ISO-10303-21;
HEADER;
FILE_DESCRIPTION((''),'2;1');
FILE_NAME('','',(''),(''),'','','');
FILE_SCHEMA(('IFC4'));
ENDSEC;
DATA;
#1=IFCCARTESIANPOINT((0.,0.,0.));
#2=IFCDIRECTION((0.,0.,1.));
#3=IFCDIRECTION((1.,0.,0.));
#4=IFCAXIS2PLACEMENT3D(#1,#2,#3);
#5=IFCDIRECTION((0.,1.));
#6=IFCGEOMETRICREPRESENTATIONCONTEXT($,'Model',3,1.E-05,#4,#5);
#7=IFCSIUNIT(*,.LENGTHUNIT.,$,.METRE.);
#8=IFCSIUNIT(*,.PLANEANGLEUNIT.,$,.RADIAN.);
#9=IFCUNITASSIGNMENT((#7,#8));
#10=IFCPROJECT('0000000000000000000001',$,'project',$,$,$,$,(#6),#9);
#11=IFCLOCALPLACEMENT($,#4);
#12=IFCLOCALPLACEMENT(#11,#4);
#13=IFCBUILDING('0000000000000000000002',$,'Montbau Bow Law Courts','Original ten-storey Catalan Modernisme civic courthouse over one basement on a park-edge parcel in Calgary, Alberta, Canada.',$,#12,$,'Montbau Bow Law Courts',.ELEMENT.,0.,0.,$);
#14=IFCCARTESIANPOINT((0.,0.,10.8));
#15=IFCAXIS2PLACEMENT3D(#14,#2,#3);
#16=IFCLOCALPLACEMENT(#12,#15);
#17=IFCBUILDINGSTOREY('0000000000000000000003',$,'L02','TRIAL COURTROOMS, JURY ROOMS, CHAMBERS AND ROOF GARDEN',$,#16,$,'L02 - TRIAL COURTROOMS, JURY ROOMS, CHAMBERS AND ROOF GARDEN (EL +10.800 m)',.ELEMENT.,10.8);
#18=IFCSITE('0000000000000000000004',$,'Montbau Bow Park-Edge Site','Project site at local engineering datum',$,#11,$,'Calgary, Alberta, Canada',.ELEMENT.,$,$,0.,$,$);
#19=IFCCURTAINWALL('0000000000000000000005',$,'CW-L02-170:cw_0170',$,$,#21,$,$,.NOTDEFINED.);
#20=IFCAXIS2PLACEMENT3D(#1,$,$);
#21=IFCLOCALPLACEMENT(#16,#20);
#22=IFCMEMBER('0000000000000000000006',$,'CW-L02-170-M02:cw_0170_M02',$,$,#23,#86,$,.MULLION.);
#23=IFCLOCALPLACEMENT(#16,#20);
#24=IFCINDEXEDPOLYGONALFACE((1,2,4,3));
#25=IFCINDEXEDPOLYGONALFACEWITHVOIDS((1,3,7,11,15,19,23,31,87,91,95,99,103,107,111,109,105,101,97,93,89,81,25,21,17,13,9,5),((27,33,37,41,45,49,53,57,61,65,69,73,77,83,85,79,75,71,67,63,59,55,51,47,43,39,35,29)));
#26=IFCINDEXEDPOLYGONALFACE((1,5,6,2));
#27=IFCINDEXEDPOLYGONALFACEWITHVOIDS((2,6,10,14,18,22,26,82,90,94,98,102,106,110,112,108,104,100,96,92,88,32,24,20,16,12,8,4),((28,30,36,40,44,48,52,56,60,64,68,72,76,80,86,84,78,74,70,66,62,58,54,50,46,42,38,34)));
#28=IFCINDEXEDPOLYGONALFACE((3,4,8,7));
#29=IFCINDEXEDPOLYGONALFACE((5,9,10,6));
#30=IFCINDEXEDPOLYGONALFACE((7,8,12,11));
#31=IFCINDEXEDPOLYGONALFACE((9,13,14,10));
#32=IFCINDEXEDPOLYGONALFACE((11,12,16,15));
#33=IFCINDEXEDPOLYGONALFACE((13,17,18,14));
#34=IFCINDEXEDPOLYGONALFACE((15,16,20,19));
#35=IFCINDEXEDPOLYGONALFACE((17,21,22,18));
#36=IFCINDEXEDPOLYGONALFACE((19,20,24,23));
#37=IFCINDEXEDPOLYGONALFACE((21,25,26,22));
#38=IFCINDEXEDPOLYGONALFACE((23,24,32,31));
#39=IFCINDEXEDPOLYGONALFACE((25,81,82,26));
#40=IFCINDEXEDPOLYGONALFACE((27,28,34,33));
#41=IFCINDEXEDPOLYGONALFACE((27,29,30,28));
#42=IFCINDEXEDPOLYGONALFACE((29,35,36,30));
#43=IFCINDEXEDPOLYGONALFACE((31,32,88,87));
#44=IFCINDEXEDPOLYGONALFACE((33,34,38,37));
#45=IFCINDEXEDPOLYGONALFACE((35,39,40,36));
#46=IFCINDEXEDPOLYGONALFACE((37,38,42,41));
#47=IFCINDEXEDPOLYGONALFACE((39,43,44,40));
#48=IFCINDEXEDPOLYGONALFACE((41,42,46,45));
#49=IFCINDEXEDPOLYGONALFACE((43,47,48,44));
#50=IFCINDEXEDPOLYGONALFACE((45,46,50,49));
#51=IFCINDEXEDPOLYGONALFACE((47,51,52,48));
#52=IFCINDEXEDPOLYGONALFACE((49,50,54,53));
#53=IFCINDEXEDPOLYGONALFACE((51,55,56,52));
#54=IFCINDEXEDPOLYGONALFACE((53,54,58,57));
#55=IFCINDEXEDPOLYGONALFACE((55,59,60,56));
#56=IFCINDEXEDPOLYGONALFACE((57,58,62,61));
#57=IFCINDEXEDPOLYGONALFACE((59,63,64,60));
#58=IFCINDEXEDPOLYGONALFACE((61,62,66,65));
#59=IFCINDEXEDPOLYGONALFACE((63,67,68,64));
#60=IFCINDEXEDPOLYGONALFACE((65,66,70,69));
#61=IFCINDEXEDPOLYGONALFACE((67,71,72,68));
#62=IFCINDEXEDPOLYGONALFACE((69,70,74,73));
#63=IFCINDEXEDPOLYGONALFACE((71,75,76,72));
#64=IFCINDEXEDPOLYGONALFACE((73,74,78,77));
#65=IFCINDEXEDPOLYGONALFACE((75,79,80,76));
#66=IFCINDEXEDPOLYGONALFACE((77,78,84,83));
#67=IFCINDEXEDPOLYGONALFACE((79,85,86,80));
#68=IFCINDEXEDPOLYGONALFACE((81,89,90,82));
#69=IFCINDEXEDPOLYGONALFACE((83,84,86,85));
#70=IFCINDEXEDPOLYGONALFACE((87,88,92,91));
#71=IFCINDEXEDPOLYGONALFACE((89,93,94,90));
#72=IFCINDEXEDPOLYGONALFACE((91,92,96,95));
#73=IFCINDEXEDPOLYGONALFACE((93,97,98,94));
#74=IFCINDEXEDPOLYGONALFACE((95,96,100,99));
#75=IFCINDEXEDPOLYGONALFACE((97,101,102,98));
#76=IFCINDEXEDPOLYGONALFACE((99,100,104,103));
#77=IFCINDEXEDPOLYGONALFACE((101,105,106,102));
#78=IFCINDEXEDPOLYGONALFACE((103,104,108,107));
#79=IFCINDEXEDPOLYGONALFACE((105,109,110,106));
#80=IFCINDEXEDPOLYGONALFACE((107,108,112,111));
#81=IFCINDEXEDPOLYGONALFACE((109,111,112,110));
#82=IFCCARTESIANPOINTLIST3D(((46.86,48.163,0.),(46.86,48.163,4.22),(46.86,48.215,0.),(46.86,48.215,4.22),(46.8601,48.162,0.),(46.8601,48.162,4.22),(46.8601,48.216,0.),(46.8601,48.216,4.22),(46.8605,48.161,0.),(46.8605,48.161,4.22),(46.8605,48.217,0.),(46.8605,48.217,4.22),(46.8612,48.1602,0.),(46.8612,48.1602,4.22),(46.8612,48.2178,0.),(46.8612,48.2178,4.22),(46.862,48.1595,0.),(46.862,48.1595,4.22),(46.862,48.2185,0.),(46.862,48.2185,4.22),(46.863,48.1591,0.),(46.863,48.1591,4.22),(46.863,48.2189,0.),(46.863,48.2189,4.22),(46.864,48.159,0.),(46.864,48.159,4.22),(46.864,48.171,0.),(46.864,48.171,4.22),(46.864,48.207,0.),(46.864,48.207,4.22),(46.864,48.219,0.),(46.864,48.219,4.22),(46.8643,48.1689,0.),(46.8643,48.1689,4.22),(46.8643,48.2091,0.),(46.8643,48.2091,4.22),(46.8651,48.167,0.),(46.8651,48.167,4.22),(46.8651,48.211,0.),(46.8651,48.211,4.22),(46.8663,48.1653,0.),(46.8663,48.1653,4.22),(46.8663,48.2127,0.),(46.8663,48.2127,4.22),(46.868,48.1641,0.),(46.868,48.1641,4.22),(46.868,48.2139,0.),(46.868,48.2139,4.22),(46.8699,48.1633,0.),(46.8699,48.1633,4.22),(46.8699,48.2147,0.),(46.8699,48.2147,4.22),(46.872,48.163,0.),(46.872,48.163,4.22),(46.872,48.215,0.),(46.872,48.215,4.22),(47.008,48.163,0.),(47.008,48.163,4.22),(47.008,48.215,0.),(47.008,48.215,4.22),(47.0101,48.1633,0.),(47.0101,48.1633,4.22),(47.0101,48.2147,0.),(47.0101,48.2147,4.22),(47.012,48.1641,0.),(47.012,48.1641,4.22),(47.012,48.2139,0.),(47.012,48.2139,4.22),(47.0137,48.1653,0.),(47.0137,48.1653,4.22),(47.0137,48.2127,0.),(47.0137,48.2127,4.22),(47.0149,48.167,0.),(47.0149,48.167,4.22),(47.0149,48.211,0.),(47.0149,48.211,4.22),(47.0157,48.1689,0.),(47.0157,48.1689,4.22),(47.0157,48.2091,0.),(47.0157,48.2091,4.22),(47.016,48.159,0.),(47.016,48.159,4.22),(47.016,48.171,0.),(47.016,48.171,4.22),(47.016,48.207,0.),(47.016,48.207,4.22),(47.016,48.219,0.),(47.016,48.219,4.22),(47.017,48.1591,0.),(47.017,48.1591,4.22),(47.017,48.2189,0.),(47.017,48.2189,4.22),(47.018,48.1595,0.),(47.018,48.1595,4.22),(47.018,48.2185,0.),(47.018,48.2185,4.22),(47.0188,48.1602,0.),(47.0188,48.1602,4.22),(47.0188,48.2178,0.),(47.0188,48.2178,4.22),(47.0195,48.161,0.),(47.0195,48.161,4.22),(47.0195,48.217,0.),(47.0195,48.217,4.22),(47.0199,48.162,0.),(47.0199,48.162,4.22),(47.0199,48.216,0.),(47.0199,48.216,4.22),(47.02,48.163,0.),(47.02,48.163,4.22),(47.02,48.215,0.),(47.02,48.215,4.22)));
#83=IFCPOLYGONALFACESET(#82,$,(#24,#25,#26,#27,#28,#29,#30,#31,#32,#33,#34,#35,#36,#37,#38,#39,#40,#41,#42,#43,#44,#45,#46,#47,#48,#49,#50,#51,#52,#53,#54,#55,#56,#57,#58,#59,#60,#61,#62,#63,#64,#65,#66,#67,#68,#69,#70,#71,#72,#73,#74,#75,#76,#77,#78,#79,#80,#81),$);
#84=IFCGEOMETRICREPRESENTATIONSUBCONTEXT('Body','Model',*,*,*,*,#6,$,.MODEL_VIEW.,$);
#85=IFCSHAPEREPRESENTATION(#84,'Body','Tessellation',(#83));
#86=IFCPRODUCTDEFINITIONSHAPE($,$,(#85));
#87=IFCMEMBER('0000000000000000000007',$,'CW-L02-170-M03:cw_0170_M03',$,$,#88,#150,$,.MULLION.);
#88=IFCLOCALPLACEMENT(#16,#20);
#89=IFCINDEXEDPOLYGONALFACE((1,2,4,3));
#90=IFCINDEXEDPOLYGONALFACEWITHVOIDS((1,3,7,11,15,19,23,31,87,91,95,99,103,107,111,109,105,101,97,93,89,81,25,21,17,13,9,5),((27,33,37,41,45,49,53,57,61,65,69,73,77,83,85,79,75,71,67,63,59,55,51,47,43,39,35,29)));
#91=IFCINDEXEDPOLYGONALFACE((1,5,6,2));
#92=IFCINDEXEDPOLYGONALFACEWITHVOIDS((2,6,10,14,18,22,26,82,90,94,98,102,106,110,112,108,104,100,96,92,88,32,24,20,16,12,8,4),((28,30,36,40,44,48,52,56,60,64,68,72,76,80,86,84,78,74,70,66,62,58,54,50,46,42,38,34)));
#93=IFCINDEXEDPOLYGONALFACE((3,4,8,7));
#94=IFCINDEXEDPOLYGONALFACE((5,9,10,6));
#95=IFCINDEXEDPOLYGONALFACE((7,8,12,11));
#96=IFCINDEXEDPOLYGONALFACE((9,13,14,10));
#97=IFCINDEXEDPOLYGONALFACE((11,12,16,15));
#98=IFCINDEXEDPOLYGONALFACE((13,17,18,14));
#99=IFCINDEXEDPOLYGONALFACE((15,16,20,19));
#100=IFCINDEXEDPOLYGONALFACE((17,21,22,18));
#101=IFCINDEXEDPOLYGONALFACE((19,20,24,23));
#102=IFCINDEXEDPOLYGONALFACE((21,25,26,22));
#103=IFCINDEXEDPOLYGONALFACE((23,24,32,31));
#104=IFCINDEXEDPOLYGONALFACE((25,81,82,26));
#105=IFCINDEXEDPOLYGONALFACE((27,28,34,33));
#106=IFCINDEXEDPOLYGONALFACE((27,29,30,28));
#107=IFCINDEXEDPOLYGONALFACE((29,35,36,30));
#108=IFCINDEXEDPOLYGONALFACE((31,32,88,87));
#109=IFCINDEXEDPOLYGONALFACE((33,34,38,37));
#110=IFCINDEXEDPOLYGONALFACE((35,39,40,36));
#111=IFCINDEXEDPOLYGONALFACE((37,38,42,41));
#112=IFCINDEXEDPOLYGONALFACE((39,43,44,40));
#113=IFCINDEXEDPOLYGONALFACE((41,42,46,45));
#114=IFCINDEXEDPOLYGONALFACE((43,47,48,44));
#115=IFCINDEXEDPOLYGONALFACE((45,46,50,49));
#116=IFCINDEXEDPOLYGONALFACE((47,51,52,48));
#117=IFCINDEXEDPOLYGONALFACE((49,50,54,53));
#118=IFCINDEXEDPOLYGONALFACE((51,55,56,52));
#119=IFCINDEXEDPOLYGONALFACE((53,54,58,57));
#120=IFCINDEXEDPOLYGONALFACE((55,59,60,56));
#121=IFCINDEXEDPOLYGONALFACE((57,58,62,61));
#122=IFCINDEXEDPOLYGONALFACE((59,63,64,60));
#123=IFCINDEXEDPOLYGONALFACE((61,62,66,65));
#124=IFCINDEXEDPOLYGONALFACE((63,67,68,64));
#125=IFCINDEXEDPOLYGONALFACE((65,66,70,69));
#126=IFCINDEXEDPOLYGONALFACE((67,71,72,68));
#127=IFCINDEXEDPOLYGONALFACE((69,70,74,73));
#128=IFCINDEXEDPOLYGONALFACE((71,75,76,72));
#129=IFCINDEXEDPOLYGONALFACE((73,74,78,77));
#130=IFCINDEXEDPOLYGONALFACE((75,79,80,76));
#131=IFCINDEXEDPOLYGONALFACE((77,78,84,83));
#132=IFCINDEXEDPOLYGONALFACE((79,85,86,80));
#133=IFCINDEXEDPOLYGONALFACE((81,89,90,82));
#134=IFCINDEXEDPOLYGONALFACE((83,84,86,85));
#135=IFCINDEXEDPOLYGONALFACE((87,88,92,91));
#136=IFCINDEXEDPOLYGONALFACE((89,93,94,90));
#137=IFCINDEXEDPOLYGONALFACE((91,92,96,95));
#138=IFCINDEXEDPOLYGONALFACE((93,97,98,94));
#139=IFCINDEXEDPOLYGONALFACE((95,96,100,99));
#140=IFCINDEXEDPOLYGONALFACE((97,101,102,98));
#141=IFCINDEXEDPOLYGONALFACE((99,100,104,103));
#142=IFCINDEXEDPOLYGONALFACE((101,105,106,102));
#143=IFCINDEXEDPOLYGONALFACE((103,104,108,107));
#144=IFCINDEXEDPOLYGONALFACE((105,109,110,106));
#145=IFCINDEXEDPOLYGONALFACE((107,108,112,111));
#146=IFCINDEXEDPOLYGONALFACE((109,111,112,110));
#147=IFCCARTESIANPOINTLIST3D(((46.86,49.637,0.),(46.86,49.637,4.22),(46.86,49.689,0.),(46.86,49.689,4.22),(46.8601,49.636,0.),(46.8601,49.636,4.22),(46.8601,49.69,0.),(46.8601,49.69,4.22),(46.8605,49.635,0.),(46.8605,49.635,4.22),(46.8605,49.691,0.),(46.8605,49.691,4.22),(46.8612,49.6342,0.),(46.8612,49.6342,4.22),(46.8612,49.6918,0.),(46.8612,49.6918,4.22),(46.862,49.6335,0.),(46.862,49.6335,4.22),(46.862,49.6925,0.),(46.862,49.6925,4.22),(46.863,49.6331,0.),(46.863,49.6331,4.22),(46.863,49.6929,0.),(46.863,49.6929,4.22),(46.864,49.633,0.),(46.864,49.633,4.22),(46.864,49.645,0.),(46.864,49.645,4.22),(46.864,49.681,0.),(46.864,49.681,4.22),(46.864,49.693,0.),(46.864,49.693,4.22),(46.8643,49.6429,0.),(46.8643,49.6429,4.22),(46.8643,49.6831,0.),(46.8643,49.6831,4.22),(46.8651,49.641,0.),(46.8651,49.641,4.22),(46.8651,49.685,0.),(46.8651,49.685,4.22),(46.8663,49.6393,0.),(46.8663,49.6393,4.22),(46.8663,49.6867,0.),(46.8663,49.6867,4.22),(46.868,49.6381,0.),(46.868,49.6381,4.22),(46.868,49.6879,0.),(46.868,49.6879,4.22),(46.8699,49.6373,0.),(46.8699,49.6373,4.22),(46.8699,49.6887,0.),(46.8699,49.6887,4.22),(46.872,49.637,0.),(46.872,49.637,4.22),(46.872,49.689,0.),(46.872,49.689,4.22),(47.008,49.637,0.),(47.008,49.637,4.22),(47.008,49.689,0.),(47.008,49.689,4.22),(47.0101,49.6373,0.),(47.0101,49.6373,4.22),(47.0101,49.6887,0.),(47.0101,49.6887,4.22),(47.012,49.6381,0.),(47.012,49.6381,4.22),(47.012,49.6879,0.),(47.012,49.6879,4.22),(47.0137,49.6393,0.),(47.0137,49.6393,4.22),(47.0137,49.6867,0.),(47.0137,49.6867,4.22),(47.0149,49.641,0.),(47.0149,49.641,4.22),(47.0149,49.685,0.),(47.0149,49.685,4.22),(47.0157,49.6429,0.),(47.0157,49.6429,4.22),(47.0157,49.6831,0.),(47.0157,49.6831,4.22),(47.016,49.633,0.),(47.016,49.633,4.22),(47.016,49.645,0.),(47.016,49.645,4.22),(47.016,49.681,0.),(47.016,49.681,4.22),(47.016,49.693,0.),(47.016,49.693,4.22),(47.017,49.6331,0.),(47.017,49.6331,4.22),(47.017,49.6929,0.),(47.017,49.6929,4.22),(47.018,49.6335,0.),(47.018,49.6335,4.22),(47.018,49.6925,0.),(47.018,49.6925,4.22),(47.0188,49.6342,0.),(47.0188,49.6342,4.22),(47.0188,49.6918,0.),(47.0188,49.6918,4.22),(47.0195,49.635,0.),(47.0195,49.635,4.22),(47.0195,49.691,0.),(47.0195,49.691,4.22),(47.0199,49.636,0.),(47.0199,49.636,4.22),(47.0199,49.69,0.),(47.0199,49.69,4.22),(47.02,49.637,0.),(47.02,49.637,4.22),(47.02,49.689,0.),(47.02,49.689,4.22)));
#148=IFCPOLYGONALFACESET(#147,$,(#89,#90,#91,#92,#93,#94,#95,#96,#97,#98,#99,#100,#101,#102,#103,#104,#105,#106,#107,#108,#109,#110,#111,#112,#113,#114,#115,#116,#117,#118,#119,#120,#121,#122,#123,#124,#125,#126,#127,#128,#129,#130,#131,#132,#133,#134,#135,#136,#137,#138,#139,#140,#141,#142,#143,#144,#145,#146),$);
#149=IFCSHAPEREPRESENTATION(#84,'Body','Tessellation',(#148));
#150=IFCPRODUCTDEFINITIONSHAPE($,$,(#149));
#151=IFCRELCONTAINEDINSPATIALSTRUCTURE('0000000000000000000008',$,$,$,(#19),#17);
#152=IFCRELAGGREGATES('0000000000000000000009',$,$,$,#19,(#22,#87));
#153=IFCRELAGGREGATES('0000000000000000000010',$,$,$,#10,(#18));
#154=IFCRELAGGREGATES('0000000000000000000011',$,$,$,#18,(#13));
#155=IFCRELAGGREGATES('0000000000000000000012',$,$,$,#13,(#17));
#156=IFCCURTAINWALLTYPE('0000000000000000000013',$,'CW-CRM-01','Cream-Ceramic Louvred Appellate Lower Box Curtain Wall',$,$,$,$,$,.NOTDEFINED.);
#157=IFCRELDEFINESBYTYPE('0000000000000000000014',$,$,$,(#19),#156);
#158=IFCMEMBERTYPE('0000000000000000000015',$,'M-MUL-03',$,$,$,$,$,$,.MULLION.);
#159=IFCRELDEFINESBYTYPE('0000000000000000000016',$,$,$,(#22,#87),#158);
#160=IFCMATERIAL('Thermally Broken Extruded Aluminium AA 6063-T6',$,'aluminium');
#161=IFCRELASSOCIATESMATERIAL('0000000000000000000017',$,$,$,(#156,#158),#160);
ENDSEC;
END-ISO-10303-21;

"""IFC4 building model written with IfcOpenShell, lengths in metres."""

from ifc_helpers import new_model, si_unit, direction, frame, origin_with_axes, origin_2d_with_axis, place, context, subcontext, project, spatial, hollow_rectangle, extrude, material, material_profile, profile_set, type_object, element, aggregate, save


model = new_model("IFC4")

# Units and contexts
model_context = context("Model", 3, precision=1e-05, world=origin_with_axes(), true_north=direction((0.0, 1.0)))
body_context = subcontext(model_context, "Body", "Model", "MODEL_VIEW")
ifc_project = project(units=[si_unit("LENGTHUNIT", "METRE"), si_unit("PLANEANGLEUNIT", "RADIAN")], contexts=[model_context])

# Site, building, storey
site_placement = place(None, origin_with_axes())
site = spatial("IfcSite", under=ifc_project, at=site_placement, Name="Montbau Bow Park-Edge Site", Description="Project site at local engineering datum", LongName="Calgary, Alberta, Canada", CompositionType="ELEMENT", RefElevation=0.0)
building_placement = place(site_placement, origin_with_axes())
building = spatial("IfcBuilding", under=site, at=building_placement, Name="Montbau Bow Law Courts", Description="Original ten-storey Catalan Modernisme civic courthouse over one basement on a park-edge parcel in Calgary, Alberta, Canada.", LongName="Montbau Bow Law Courts", CompositionType="ELEMENT", ElevationOfRefHeight=0.0, ElevationOfTerrain=0.0)
storey_placement = place(building_placement, frame((0.0, 0.0, 10.8), z_axis=(0.0, 0.0, 1.0), x_axis=(1.0, 0.0, 0.0)))
storey = spatial("IfcBuildingStorey", under=building, at=storey_placement, Name="L02", Description="TRIAL COURTROOMS, JURY ROOMS, CHAMBERS AND ROOF GARDEN", LongName="L02 - TRIAL COURTROOMS, JURY ROOMS, CHAMBERS AND ROOF GARDEN (EL +10.800 m)", CompositionType="ELEMENT", Elevation=10.8)

# Curtain wall, members
ifc_material_1 = material(Name="Thermally Broken Extruded Aluminium AA 6063-T6", Category="aluminium")
curtain_wall_type_1 = type_object("IfcCurtainWallType", Name="CW-CRM-01", Description="Cream-Ceramic Louvred Appellate Lower Box Curtain Wall", PredefinedType="NOTDEFINED", material=ifc_material_1)
curtain_wall_1_placement = place(None, frame((46.94, 46.715, 10.8), z_axis=(0.0, 0.0, 1.0), x_axis=(1.0, 0.0, 0.0)))
curtain_wall_1 = element("IfcCurtainWall", 1, at=curtain_wall_1_placement, inside=storey, type_object=curtain_wall_type_1, Name="CW-L02-170:cw_0170", PredefinedType="NOTDEFINED")
ifc_material_profile_1 = material_profile(ifc_material_1, hollow_rectangle(XDim=0.06, YDim=0.16, WallThickness=0.004, InnerFilletRadius=0.008, OuterFilletRadius=0.004, at=origin_2d_with_axis()), Name="CWM-160X60", Category="Main", Priority=0)
ifc_profile_set_1 = profile_set([ifc_material_profile_1], Name="Thermally Broken Extruded Aluminium AA 6063-T6")
member_type_1 = type_object("IfcMemberType", Name="M-MUL-03", PredefinedType="MULLION", material=ifc_profile_set_1)
member_1_placement = place(None, frame((46.94, 48.189, 10.8), z_axis=(0.0, 0.0, 1.0), x_axis=(0.0, 1.0, 0.0)))
member_1 = element("IfcMember", 2, at=member_1_placement, type_object=member_type_1, Name="CW-L02-170-M02:cw_0170_M02", PredefinedType="MULLION", context=body_context, shape_type="SweptSolid", body=[
    extrude(hollow_rectangle(XDim=0.06, YDim=0.16, WallThickness=0.004, InnerFilletRadius=0.008, OuterFilletRadius=0.004, at=origin_2d_with_axis()), origin_with_axes(), (0.0, 0.0, 1.0), 4.22),
])
member_2_placement = place(None, frame((46.94, 49.663, 10.8), z_axis=(0.0, 0.0, 1.0), x_axis=(0.0, 1.0, 0.0)))
member_2 = element("IfcMember", 3, at=member_2_placement, type_object=member_type_1, Name="CW-L02-170-M03:cw_0170_M03", PredefinedType="MULLION", context=body_context, shape_type="SweptSolid", body=[
    extrude(hollow_rectangle(XDim=0.06, YDim=0.16, WallThickness=0.004, InnerFilletRadius=0.008, OuterFilletRadius=0.004, at=origin_2d_with_axis()), origin_with_axes(), (0.0, 0.0, 1.0), 4.22),
])
aggregate(curtain_wall_1, [member_1, member_2])

save(model, "model.ifc")
